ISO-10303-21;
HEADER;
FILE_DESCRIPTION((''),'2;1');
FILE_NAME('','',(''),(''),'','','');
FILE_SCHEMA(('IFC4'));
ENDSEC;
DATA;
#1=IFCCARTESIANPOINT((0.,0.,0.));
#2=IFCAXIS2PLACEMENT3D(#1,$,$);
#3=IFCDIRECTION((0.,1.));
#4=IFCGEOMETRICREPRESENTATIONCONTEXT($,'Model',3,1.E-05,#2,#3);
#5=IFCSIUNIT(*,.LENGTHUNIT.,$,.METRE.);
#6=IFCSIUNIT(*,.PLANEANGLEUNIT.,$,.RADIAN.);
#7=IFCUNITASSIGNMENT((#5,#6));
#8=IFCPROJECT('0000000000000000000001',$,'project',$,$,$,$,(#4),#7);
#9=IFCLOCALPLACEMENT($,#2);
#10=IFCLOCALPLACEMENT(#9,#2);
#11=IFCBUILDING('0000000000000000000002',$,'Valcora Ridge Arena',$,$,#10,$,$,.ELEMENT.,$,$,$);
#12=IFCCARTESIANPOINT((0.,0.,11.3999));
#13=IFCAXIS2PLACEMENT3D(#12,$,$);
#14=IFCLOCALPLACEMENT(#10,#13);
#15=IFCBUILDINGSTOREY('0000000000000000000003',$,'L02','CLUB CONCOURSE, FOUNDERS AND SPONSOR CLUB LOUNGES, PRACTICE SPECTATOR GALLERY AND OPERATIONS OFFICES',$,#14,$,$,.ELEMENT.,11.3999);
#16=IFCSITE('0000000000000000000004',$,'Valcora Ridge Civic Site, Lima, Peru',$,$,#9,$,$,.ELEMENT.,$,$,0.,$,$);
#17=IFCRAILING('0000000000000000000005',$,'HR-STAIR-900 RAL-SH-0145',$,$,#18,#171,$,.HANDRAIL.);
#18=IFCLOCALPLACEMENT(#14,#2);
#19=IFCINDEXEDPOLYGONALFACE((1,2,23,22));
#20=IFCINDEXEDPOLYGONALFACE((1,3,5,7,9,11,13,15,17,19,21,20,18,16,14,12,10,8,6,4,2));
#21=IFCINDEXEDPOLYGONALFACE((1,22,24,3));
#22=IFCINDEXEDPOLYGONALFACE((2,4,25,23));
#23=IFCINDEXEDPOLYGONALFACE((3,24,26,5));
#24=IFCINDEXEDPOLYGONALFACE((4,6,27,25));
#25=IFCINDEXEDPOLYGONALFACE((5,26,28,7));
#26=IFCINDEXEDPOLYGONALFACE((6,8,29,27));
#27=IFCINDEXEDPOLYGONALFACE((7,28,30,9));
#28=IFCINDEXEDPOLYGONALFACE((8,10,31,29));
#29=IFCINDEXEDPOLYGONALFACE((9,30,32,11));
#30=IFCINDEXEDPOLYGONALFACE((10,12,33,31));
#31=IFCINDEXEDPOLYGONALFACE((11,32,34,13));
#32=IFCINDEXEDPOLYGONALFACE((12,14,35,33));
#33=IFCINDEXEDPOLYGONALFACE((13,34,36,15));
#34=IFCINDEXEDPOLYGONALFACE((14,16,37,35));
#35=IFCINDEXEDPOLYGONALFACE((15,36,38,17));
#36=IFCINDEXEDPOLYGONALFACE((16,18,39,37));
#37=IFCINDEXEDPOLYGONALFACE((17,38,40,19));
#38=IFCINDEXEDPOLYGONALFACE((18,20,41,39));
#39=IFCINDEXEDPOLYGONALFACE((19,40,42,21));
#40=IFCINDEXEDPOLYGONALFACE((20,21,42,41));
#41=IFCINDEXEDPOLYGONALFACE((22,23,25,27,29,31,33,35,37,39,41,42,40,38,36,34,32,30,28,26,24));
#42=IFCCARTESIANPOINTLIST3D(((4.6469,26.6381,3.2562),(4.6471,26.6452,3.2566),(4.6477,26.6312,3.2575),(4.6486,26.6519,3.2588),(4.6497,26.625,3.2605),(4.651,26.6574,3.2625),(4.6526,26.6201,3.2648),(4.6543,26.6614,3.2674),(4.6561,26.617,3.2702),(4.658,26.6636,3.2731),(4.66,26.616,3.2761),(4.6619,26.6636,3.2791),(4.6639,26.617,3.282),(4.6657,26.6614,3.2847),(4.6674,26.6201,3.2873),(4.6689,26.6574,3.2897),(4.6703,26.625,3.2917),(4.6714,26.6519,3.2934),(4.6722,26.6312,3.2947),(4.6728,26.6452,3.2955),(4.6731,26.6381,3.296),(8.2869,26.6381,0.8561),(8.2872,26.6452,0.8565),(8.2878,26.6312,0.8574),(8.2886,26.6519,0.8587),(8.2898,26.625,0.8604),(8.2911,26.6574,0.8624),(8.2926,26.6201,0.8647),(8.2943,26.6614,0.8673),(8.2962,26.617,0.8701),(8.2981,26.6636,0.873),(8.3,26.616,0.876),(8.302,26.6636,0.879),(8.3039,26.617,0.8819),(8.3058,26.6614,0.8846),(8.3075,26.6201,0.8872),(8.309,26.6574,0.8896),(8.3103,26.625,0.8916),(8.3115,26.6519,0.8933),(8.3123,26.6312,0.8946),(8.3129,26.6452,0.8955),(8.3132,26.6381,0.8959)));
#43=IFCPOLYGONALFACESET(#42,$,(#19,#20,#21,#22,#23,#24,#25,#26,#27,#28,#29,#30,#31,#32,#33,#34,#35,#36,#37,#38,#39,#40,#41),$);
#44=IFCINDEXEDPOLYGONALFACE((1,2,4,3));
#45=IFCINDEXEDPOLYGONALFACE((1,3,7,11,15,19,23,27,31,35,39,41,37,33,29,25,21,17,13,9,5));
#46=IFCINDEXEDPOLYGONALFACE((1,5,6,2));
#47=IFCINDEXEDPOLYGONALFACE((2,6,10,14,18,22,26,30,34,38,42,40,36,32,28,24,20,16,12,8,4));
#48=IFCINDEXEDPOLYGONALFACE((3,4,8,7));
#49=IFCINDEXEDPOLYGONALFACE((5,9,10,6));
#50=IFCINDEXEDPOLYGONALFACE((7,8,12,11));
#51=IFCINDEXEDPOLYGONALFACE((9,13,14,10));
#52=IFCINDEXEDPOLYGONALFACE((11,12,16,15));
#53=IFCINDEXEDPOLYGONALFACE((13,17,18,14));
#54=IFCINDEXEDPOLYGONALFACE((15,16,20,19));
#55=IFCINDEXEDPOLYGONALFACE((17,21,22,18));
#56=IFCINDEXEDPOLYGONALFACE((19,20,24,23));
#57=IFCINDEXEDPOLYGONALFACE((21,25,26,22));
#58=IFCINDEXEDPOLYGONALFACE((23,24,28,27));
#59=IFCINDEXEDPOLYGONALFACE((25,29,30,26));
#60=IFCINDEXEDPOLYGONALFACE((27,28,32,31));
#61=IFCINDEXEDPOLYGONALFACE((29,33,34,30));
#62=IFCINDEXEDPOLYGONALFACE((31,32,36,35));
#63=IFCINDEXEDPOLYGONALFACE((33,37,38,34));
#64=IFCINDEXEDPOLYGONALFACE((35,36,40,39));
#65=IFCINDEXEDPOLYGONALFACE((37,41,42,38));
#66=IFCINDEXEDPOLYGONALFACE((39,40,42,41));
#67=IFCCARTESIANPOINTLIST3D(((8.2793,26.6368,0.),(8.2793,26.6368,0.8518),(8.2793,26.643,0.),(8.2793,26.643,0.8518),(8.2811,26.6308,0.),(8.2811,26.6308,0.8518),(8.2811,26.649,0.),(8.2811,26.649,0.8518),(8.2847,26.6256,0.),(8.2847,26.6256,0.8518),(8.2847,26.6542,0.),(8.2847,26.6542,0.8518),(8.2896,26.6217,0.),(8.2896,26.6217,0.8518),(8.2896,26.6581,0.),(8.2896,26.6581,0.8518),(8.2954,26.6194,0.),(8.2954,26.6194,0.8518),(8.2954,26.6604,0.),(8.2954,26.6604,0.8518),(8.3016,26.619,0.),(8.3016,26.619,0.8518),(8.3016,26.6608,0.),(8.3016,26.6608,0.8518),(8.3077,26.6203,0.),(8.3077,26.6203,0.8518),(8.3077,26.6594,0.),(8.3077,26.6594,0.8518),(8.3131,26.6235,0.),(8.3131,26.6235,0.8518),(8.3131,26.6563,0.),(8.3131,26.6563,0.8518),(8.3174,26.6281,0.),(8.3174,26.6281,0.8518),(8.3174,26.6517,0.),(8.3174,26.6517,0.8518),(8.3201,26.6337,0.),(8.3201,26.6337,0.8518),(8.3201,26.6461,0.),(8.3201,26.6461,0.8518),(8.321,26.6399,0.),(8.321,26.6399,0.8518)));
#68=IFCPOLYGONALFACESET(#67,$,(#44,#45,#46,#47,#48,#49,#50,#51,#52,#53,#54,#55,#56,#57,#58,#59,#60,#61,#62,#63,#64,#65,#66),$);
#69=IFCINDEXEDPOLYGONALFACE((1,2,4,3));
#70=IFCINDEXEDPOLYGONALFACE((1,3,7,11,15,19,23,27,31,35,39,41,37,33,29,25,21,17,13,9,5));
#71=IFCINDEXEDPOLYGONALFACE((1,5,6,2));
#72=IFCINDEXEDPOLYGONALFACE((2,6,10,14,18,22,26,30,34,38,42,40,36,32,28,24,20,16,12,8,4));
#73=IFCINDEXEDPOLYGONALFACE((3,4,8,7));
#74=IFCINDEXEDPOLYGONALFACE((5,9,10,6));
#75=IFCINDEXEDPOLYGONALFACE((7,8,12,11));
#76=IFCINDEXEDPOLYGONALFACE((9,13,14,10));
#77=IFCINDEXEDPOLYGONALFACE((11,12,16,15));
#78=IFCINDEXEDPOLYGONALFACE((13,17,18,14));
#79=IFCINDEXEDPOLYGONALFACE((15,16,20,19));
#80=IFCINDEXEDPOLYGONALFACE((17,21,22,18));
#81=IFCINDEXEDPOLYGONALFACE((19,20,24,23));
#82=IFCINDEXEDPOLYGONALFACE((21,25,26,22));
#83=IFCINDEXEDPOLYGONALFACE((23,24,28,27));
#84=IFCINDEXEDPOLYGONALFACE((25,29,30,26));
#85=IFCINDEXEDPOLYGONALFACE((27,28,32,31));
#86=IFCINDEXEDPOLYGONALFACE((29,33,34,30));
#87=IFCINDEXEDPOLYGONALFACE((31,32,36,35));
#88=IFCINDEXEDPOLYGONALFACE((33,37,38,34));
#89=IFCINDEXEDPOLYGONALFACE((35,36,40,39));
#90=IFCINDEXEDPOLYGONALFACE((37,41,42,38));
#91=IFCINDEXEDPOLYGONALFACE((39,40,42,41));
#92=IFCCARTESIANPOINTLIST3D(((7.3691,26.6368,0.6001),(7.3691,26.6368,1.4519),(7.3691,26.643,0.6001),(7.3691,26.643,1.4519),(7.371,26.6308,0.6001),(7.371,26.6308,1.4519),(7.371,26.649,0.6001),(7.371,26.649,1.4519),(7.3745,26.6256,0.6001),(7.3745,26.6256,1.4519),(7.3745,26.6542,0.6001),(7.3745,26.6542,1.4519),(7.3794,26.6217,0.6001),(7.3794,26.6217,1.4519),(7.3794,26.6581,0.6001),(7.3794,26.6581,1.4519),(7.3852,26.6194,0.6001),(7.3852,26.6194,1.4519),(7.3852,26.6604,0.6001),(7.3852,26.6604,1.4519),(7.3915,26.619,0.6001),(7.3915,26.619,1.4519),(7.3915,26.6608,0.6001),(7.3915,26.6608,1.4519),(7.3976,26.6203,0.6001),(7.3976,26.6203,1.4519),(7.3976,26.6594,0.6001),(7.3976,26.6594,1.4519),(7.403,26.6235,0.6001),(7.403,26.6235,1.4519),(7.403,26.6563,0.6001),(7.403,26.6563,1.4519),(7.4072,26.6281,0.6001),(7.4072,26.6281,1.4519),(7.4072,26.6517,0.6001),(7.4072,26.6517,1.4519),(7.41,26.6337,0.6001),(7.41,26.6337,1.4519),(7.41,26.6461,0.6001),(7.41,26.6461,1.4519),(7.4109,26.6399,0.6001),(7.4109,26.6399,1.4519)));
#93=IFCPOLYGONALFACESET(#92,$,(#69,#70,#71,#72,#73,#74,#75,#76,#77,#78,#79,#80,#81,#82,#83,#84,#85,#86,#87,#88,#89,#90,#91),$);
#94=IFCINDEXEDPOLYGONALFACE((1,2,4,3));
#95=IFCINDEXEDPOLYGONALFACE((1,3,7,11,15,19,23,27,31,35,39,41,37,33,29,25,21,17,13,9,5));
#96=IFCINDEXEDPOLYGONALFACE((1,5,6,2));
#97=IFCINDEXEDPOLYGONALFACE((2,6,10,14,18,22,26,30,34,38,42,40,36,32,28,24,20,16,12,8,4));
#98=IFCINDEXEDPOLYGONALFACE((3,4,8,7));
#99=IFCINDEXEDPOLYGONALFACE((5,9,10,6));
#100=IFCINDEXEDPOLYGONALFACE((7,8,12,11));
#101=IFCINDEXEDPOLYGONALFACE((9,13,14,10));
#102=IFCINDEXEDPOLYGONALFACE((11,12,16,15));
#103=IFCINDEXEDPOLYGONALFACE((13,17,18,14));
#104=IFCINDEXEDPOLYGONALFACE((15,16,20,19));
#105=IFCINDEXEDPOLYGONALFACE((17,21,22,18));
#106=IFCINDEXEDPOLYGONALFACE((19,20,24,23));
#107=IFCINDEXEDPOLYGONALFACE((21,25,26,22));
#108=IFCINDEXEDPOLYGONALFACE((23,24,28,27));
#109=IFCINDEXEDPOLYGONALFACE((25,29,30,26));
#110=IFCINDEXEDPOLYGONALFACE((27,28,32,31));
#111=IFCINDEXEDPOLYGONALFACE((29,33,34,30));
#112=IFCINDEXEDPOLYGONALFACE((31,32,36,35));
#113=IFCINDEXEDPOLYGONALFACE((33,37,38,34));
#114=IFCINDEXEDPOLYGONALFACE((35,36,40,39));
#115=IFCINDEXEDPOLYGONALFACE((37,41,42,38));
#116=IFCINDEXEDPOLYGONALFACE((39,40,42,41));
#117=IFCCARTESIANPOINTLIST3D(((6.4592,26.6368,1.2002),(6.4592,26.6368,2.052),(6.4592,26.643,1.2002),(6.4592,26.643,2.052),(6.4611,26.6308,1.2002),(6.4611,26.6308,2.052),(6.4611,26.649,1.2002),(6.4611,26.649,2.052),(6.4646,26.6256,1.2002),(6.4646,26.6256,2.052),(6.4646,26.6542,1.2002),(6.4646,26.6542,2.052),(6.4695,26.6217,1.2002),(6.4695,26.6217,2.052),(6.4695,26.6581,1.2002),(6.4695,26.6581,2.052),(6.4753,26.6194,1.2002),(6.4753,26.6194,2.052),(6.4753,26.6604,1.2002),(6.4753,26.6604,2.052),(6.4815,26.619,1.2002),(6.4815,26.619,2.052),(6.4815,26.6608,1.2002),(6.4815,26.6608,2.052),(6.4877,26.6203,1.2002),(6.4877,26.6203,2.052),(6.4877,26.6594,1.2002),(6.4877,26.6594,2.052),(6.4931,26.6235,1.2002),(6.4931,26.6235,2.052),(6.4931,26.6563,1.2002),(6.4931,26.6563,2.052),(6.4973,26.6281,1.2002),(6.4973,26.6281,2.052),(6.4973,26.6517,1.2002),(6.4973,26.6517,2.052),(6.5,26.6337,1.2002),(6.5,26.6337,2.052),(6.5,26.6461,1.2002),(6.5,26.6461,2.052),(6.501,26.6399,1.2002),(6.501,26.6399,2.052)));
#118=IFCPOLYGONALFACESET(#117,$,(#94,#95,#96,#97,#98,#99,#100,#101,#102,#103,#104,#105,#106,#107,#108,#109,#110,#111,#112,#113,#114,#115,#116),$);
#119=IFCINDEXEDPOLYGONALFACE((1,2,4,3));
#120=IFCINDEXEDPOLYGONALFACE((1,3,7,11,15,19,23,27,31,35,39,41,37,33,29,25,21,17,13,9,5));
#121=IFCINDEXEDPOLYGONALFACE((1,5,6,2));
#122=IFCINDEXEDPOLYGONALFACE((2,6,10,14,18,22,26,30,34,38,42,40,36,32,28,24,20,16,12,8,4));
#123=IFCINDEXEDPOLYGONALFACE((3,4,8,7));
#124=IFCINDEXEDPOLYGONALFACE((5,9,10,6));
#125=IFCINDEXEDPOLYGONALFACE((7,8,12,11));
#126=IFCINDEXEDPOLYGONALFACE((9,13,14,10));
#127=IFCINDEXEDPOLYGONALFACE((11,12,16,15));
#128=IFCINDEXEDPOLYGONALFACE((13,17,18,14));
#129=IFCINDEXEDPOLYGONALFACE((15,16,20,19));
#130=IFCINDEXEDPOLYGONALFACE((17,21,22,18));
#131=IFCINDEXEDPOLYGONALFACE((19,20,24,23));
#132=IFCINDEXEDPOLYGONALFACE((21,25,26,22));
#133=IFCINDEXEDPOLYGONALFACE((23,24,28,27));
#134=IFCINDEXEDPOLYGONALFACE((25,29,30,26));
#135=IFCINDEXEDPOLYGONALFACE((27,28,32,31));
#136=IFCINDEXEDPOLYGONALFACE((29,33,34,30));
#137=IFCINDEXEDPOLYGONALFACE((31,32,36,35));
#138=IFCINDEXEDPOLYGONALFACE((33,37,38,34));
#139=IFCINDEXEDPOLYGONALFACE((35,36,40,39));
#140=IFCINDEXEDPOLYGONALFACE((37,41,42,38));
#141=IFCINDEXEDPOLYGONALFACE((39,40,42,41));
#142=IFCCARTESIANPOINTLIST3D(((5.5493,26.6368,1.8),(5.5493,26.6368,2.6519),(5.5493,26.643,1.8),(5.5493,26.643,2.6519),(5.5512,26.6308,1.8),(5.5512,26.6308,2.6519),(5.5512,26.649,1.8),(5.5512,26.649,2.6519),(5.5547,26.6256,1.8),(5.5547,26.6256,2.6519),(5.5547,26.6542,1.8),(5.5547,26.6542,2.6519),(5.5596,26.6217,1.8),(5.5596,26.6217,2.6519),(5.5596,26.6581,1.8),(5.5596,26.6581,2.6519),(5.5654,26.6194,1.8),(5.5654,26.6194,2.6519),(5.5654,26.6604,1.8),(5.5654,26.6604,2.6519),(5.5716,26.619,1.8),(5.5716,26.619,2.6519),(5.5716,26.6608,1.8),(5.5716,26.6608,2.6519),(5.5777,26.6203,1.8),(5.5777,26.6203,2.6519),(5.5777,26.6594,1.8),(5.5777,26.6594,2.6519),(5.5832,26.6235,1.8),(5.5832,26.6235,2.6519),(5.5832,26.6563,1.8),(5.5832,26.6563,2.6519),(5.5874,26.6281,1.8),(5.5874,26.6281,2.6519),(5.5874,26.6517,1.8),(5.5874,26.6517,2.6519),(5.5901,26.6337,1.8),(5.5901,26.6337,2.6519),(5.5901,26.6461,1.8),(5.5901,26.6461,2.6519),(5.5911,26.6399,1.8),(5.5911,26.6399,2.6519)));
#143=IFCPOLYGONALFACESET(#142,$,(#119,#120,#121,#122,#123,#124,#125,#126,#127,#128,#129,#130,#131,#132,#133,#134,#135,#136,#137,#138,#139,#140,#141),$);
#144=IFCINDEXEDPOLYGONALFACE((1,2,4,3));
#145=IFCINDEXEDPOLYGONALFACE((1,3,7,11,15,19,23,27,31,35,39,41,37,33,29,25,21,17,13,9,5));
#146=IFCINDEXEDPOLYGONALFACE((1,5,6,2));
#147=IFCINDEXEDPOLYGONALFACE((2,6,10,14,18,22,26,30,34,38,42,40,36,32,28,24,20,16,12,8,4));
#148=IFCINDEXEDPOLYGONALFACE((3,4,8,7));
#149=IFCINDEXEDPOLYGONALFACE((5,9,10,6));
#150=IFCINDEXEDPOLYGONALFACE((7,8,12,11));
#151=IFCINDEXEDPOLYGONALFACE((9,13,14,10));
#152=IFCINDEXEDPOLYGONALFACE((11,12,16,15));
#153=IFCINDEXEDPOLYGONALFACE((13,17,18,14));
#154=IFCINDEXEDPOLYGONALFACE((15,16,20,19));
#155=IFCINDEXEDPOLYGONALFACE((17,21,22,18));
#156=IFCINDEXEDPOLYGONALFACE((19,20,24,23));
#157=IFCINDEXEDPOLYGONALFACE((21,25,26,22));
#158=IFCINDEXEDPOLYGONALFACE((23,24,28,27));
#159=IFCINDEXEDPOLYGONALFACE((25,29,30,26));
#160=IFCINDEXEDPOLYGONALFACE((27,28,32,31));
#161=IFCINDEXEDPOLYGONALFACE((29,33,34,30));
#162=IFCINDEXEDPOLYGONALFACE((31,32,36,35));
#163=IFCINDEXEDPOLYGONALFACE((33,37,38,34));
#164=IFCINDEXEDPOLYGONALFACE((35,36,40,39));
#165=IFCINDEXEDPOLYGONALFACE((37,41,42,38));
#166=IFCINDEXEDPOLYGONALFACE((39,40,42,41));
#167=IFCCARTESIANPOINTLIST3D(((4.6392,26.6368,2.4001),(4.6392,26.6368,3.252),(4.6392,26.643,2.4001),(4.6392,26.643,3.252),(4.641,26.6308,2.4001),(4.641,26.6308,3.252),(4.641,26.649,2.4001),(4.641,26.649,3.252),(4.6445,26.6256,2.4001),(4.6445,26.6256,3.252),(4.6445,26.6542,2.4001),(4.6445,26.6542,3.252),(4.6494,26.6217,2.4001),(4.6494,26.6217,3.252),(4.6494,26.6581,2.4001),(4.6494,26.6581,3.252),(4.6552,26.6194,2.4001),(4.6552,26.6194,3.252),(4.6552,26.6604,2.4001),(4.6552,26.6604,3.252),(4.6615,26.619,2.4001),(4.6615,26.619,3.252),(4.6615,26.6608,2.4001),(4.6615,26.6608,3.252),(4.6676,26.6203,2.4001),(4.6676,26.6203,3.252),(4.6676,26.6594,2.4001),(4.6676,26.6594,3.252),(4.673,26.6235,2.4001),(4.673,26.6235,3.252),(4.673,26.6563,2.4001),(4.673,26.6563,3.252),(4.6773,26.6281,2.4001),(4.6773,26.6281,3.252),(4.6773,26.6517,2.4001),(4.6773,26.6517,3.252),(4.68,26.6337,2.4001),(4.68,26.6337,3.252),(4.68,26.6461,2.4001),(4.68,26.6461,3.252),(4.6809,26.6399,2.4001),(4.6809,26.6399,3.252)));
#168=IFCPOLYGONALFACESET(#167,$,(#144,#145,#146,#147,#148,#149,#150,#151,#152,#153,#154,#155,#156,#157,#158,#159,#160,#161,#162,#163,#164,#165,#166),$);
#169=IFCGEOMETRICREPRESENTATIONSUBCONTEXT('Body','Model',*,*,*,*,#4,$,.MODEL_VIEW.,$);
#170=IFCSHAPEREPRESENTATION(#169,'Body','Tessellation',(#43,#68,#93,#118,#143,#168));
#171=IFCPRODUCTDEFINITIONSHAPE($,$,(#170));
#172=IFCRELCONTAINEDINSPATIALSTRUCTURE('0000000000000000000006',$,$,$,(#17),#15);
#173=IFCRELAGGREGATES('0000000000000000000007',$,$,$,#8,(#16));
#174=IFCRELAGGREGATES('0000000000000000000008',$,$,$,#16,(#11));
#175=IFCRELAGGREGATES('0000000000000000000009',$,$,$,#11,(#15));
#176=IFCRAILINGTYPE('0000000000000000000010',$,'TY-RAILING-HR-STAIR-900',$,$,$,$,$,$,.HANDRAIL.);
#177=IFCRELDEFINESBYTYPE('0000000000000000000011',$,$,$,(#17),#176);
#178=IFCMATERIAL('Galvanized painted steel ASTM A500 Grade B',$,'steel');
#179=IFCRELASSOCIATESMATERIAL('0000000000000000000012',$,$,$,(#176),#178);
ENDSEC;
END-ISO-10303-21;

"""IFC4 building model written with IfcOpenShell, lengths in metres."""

from ifc_helpers import new_model, si_unit, direction, frame, origin, origin_2d, place, context, subcontext, project, spatial, circle, extrude, material, type_object, element, save


model = new_model("IFC4")

# Units and contexts
model_context = context("Model", 3, precision=1e-05, world=origin(), true_north=direction((0.0, 1.0)))
body_context = subcontext(model_context, "Body", "Model", "MODEL_VIEW")
ifc_project = project(units=[si_unit("LENGTHUNIT", "METRE"), si_unit("PLANEANGLEUNIT", "RADIAN")], contexts=[model_context])

# Site, building, storey
site_placement = place(None, origin())
site = spatial("IfcSite", under=ifc_project, at=site_placement, Name="Valcora Ridge Civic Site, Lima, Peru", CompositionType="ELEMENT", RefElevation=0.0)
building_placement = place(site_placement, origin())
building = spatial("IfcBuilding", under=site, at=building_placement, Name="Valcora Ridge Arena", CompositionType="ELEMENT")
storey_placement = place(building_placement, frame((0.0, 0.0, 11.3999)))
storey = spatial("IfcBuildingStorey", under=building, at=storey_placement, Name="L02", Description="CLUB CONCOURSE, FOUNDERS AND SPONSOR CLUB LOUNGES, PRACTICE SPECTATOR GALLERY AND OPERATIONS OFFICES", CompositionType="ELEMENT", Elevation=11.3999)

# Railing
ifc_material_1 = material(Name="Galvanized painted steel ASTM A500 Grade B", Category="steel")
railing_type_1 = type_object("IfcRailingType", Name="TY-RAILING-HR-STAIR-900", PredefinedType="HANDRAIL", material=ifc_material_1)
railing_1_placement = place(storey_placement, frame((8.3, 26.6399, 0.0)))
element("IfcRailing", 1, at=railing_1_placement, inside=storey, type_object=railing_type_1, Name="HR-STAIR-900 RAL-SH-0145", PredefinedType="HANDRAIL", context=body_context, shape_type="SweptSolid", body=[
    extrude(circle(Radius=0.0239, at=origin_2d()), frame((0.0, 0.0, 0.876), z_axis=(-0.834856, 0.0, 0.550468), x_axis=(0.0, -1.0, 0.0)), (0.0, 0.0, 1.0), 4.3601),
    extrude(circle(Radius=0.021, at=origin_2d()), origin(), (0.0, 0.0, 1.0), 0.8518),
    extrude(circle(Radius=0.021, at=origin_2d()), frame((-0.9102, 0.0, 0.6001)), (0.0, 0.0, 1.0), 0.8518),
    extrude(circle(Radius=0.021, at=origin_2d()), frame((-1.8201, 0.0, 1.2002)), (0.0, 0.0, 1.0), 0.8518),
    extrude(circle(Radius=0.021, at=origin_2d()), frame((-2.73, 0.0, 1.8)), (0.0, 0.0, 1.0), 0.8518),
    extrude(circle(Radius=0.021, at=origin_2d()), frame((-3.6401, 0.0, 2.4001)), (0.0, 0.0, 1.0), 0.8518),
])

save(model, "model.ifc")
